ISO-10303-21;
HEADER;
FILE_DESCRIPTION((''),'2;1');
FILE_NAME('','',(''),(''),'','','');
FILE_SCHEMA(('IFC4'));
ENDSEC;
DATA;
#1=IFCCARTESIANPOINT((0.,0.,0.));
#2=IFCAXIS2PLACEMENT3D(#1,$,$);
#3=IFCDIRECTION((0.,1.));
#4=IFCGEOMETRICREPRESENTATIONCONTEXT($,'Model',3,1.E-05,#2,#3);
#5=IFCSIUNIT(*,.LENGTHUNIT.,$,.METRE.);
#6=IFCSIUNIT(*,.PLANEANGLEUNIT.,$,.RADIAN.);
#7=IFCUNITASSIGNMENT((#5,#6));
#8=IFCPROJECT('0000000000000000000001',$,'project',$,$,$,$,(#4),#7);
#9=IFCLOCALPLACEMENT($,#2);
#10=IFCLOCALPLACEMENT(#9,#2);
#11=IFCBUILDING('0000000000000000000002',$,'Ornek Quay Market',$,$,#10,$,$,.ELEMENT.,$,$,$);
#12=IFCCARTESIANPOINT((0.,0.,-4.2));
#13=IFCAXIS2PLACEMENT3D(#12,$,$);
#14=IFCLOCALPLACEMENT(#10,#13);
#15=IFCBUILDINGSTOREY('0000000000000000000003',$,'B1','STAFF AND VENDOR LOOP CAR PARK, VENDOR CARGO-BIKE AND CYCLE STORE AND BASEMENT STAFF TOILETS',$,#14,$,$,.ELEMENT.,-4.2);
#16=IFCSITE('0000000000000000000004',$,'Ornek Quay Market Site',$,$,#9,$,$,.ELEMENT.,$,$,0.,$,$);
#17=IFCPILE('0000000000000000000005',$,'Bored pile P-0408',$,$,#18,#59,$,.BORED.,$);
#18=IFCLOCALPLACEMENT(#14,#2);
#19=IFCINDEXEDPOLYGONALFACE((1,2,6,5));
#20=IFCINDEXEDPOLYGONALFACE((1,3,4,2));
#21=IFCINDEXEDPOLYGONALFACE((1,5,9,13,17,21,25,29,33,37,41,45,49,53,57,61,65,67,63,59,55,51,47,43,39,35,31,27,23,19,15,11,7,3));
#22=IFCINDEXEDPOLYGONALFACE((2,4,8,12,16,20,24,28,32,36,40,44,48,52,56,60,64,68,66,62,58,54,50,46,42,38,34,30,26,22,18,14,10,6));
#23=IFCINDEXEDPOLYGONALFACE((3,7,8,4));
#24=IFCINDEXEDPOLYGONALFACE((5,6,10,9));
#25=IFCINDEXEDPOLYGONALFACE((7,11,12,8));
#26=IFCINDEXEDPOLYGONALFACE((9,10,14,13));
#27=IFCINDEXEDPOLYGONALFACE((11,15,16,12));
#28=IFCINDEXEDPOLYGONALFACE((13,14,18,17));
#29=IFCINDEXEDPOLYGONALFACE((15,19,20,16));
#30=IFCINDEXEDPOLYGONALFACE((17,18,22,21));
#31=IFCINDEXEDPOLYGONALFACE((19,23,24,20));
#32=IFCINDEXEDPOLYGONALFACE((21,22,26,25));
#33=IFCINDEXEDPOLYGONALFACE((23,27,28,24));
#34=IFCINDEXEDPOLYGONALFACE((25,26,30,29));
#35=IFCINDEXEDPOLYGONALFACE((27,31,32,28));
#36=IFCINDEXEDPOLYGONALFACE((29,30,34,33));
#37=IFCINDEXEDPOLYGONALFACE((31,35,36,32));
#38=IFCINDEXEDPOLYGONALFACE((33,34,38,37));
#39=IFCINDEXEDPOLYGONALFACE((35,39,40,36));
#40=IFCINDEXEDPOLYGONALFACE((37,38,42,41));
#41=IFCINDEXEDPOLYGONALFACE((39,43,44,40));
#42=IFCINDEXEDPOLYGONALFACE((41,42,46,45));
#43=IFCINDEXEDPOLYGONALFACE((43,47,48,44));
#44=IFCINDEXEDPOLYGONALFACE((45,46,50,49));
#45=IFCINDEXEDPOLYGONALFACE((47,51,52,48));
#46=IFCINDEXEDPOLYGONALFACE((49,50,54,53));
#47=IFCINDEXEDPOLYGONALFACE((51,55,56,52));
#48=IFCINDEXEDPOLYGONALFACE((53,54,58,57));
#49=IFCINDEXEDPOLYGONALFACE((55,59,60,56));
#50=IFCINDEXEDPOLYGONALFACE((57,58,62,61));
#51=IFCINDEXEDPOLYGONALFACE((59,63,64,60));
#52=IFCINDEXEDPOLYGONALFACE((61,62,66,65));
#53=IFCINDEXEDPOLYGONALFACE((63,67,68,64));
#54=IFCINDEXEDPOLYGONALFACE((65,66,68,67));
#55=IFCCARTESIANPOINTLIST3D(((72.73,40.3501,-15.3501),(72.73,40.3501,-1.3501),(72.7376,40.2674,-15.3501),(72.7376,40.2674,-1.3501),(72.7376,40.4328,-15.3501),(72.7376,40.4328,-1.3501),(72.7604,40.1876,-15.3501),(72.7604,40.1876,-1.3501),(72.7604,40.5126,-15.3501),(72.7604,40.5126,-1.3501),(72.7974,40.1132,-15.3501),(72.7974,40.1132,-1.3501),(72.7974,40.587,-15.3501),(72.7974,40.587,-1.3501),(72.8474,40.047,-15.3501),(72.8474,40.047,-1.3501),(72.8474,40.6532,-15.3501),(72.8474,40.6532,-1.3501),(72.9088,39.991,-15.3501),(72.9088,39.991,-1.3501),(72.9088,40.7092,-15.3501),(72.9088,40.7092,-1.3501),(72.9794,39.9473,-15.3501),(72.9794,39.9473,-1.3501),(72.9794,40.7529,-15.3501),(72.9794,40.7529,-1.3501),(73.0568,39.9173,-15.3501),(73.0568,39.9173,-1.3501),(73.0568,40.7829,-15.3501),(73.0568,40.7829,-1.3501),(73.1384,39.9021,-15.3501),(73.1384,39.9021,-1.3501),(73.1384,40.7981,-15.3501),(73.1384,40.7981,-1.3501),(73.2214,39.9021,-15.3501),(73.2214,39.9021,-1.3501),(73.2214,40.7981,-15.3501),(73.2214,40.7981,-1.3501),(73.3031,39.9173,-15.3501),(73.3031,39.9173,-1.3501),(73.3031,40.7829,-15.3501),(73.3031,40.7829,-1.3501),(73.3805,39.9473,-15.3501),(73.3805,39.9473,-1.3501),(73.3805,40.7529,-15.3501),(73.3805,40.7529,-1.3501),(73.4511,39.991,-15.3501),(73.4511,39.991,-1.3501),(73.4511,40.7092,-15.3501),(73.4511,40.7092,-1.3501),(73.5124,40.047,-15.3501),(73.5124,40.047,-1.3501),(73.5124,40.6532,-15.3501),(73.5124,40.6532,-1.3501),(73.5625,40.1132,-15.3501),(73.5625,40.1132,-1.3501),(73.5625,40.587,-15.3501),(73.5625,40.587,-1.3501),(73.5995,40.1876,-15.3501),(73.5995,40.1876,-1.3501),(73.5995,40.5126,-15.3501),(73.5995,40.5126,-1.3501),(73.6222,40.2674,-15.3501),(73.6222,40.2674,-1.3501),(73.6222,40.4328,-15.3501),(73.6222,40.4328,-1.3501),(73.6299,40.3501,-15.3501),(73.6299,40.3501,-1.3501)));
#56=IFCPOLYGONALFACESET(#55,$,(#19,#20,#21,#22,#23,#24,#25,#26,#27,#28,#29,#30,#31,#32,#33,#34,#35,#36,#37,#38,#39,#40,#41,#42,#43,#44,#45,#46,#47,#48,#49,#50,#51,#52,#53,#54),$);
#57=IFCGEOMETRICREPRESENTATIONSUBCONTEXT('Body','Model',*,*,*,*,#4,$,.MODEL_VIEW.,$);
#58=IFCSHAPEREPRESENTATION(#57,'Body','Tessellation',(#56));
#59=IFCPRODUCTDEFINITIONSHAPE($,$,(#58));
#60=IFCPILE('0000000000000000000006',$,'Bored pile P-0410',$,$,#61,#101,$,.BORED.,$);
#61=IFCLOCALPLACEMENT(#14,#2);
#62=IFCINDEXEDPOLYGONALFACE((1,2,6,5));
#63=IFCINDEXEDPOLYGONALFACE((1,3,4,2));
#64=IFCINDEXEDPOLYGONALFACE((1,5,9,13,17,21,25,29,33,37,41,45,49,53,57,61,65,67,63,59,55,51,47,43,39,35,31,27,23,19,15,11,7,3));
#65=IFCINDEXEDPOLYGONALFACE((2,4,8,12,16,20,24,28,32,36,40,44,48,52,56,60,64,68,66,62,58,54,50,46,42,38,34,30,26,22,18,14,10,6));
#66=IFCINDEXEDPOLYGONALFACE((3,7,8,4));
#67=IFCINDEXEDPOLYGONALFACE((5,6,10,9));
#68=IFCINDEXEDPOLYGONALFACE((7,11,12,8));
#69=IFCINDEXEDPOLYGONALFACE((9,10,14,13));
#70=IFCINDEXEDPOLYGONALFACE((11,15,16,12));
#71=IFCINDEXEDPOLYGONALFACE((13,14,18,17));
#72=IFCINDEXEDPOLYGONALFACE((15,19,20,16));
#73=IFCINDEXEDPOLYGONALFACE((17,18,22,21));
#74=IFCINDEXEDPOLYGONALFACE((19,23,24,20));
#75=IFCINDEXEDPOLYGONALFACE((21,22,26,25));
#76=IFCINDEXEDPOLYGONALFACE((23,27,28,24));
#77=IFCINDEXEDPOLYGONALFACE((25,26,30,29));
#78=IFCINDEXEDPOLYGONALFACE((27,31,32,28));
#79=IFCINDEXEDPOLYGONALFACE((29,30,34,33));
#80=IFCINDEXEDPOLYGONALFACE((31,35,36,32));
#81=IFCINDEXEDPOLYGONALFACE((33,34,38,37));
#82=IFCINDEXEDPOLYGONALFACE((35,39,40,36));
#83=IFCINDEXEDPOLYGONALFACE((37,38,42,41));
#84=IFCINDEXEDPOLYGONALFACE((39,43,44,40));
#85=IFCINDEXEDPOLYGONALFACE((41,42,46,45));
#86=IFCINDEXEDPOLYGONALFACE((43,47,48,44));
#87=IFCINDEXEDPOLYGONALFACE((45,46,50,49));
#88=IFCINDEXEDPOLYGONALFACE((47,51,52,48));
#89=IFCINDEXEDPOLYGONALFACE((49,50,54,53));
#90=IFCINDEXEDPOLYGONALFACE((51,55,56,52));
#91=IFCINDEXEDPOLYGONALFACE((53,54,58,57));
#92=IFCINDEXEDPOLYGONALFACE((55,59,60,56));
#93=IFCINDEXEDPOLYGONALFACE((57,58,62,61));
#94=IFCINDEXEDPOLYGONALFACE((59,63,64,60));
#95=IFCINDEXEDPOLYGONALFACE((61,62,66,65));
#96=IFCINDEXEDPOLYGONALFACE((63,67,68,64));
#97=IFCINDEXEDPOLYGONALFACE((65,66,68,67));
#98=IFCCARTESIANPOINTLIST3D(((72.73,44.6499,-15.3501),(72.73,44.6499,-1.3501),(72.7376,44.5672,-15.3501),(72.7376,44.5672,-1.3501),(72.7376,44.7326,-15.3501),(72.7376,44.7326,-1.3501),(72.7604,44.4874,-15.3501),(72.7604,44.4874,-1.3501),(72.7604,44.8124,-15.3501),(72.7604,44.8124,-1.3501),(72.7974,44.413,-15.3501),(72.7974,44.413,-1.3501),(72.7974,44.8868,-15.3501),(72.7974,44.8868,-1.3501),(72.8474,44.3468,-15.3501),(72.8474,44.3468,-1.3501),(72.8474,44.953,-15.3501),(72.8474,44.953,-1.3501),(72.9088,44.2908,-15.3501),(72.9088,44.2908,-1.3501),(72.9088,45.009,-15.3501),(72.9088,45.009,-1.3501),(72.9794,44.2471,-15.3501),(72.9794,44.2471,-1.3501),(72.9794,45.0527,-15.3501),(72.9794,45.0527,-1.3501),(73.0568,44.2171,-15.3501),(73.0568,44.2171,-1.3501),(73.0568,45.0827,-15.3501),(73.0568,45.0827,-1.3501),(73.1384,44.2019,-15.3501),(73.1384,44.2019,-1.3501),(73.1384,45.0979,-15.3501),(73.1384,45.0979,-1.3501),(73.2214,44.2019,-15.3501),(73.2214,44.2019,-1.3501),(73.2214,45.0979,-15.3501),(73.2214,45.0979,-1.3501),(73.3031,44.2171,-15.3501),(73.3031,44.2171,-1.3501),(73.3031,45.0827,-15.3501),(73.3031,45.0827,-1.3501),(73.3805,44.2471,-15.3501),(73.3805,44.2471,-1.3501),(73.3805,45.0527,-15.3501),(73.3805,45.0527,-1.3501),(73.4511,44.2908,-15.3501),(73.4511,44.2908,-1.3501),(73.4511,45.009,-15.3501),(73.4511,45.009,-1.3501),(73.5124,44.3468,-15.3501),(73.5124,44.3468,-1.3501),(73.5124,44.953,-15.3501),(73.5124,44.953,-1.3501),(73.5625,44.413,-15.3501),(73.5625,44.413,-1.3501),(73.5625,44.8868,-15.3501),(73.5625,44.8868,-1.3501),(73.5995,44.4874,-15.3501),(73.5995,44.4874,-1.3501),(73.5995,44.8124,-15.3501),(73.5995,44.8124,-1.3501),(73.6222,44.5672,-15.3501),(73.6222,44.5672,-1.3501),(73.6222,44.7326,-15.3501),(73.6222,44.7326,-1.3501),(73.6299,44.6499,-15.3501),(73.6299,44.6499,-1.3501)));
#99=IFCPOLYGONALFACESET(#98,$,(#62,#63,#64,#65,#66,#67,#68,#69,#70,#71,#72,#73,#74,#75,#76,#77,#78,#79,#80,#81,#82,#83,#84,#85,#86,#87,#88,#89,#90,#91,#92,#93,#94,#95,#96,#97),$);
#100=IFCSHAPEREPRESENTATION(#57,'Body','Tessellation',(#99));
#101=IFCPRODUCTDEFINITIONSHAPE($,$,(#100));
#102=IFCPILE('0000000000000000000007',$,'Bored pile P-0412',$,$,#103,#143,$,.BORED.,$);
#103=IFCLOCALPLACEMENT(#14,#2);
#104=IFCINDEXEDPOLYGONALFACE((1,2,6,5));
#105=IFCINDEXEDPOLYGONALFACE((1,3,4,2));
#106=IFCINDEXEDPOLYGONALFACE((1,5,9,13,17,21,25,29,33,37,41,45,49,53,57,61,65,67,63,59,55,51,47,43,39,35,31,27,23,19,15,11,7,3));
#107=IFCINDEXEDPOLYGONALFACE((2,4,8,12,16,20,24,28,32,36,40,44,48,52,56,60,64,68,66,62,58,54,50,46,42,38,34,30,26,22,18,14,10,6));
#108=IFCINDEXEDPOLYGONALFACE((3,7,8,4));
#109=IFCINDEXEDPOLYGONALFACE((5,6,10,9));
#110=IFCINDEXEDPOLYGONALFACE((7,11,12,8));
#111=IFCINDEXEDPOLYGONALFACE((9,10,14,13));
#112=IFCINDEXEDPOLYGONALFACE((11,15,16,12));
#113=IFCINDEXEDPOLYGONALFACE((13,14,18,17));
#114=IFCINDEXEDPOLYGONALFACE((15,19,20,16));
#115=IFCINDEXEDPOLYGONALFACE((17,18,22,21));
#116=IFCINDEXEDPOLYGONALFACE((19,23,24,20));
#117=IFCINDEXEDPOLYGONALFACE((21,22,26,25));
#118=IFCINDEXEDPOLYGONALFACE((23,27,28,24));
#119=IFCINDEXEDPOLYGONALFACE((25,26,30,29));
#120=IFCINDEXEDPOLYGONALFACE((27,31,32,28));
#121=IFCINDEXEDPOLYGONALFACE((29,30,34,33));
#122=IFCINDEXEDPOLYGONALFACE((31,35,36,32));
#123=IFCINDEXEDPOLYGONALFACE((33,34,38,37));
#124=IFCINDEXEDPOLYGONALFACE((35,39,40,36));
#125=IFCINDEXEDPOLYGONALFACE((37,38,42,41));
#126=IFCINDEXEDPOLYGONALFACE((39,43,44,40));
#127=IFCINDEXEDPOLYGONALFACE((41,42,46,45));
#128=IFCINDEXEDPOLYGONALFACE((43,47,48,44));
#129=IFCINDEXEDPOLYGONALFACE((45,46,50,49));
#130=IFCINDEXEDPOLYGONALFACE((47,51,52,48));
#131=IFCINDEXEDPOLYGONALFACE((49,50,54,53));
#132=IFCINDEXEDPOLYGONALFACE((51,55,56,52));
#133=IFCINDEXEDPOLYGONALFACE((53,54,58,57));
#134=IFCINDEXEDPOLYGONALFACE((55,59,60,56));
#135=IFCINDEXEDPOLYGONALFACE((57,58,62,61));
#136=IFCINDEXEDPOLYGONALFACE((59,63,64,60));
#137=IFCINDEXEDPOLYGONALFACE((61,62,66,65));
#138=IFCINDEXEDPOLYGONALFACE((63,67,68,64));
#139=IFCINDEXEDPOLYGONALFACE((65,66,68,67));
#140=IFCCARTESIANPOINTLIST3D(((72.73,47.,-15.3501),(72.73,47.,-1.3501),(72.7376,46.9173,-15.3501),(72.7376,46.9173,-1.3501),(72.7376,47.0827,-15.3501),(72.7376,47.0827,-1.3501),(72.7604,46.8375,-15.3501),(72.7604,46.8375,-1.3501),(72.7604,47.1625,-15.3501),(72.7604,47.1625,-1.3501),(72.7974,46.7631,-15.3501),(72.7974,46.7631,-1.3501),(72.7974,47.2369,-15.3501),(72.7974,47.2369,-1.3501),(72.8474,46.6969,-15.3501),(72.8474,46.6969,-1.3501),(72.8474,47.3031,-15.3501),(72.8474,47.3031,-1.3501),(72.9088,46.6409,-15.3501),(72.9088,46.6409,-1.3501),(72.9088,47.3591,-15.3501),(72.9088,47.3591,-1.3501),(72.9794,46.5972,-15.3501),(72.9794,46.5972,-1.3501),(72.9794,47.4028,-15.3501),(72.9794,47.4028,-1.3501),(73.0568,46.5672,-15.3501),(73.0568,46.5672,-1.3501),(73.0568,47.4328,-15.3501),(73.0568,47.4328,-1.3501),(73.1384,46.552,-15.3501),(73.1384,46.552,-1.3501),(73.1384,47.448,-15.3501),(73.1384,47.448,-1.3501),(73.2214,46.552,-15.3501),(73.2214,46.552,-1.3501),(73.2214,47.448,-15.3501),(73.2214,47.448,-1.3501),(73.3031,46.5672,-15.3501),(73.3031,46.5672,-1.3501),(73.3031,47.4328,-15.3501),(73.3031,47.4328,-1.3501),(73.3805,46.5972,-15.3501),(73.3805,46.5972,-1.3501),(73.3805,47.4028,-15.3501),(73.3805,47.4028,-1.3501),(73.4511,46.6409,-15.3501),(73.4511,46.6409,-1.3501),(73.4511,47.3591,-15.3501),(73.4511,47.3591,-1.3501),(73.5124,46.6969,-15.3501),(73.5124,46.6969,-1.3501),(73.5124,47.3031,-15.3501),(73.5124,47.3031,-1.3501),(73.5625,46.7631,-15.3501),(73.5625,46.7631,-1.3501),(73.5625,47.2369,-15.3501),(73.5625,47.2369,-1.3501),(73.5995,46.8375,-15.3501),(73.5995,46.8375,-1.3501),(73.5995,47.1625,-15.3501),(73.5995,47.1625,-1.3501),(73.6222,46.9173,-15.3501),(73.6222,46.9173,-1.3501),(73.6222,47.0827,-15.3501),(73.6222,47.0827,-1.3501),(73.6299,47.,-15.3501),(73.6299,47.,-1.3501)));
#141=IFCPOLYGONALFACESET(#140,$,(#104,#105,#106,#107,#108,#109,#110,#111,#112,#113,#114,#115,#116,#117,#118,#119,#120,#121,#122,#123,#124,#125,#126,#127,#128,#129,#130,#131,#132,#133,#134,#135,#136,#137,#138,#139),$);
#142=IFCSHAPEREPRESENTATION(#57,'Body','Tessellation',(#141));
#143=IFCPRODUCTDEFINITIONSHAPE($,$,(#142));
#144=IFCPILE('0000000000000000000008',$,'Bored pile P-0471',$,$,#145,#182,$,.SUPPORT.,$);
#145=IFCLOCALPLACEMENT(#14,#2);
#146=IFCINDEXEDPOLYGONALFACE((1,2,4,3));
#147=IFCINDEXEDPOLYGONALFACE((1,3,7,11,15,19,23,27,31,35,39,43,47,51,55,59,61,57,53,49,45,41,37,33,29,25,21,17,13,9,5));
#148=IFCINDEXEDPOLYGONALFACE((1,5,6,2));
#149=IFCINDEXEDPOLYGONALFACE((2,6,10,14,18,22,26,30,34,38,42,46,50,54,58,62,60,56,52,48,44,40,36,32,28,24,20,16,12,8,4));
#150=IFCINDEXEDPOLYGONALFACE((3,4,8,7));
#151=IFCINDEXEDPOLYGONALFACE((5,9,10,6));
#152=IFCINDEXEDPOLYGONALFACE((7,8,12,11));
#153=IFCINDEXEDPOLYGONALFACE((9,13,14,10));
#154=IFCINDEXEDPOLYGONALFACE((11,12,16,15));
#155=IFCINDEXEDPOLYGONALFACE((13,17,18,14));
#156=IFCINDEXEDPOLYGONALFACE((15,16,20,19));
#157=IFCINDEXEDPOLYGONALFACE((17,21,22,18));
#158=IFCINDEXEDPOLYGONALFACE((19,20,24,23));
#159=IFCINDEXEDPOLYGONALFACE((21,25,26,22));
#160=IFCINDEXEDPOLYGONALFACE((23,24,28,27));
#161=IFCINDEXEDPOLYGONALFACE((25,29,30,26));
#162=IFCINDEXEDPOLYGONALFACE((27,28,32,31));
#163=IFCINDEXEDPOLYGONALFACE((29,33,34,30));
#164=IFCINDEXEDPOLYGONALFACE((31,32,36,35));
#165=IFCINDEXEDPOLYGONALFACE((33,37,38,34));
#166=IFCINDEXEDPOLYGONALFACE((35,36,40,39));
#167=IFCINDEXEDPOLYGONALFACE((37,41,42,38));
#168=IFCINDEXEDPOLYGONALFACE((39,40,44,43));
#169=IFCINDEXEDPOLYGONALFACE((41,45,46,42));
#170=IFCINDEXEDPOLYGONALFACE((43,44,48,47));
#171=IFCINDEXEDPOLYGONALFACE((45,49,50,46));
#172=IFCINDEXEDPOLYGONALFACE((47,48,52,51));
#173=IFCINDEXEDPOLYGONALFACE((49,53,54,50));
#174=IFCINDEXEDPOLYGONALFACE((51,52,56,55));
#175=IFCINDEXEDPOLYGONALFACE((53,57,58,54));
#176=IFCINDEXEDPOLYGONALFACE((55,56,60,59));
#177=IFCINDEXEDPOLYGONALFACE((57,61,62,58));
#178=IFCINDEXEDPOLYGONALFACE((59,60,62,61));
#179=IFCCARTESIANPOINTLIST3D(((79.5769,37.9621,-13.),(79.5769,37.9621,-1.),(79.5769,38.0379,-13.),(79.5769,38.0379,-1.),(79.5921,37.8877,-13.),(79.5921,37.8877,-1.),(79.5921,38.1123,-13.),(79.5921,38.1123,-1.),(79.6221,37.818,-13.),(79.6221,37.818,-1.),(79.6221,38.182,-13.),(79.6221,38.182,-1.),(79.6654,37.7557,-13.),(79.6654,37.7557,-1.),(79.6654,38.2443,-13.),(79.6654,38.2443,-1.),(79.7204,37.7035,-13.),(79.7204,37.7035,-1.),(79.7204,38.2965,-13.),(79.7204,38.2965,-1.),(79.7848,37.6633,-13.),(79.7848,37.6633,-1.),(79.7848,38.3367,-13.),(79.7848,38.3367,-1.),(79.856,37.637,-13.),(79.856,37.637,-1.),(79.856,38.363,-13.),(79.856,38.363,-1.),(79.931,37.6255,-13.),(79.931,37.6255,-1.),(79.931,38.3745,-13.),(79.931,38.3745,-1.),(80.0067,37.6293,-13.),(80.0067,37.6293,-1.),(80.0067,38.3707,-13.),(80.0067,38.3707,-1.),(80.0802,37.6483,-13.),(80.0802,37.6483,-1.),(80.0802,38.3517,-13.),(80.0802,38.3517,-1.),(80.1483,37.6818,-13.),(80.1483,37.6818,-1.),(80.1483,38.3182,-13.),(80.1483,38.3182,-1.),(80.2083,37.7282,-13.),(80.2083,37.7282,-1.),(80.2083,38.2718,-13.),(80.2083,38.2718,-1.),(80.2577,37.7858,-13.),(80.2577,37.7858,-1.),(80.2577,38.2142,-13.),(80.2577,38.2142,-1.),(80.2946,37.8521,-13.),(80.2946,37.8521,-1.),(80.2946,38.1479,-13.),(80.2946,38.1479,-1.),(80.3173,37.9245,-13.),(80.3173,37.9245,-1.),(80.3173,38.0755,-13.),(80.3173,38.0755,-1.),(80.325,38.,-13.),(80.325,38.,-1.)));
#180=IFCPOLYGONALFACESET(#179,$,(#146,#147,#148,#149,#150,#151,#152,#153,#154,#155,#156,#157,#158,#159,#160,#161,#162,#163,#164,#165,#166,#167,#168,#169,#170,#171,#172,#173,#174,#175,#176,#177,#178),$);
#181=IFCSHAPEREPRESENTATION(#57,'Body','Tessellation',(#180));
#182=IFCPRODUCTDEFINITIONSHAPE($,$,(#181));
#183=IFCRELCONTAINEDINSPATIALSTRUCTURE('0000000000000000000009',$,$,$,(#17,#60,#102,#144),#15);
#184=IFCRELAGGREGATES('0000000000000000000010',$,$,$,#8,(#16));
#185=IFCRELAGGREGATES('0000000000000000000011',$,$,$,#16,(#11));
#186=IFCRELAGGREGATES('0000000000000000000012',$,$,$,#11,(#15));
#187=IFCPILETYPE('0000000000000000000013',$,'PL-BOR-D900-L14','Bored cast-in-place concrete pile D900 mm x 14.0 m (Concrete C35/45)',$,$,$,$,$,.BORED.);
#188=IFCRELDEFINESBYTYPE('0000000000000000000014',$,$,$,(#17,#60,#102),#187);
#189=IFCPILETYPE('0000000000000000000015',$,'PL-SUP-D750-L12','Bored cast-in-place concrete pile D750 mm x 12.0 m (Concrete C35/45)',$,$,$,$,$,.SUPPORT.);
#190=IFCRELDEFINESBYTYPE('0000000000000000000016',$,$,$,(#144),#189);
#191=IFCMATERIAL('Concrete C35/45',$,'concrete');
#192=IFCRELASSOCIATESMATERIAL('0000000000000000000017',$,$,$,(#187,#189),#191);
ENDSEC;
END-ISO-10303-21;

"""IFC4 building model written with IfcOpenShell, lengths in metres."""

from ifc_helpers import new_model, si_unit, direction, frame, origin, origin_2d, place, context, subcontext, project, spatial, circle, extrude, material, material_profile, profile_set, type_object, element, save


model = new_model("IFC4")

# Units and contexts
model_context = context("Model", 3, precision=1e-05, world=origin(), true_north=direction((0.0, 1.0)))
body_context = subcontext(model_context, "Body", "Model", "MODEL_VIEW")
ifc_project = project(units=[si_unit("LENGTHUNIT", "METRE"), si_unit("PLANEANGLEUNIT", "RADIAN")], contexts=[model_context])

# Site, building, storey
site_placement = place(None, origin())
site = spatial("IfcSite", under=ifc_project, at=site_placement, Name="Ornek Quay Market Site", CompositionType="ELEMENT", RefElevation=0.0)
building_placement = place(site_placement, origin())
building = spatial("IfcBuilding", under=site, at=building_placement, Name="Ornek Quay Market", CompositionType="ELEMENT")
storey_placement = place(building_placement, frame((0.0, 0.0, -4.2)))
storey = spatial("IfcBuildingStorey", under=building, at=storey_placement, Name="B1", Description="STAFF AND VENDOR LOOP CAR PARK, VENDOR CARGO-BIKE AND CYCLE STORE AND BASEMENT STAFF TOILETS", CompositionType="ELEMENT", Elevation=-4.2)

# Piles
ifc_material_1 = material(Name="Concrete C35/45", Category="concrete")
ifc_material_profile_1 = material_profile(ifc_material_1, circle(Radius=0.45, at=origin_2d()), Name="PILE D900", Category="concrete")
ifc_profile_set_1 = profile_set([ifc_material_profile_1], Name="Concrete C35/45")
pile_type_1 = type_object("IfcPileType", Name="PL-BOR-D900-L14", Description="Bored cast-in-place concrete pile D900 mm x 14.0 m (Concrete C35/45)", PredefinedType="BORED", material=ifc_profile_set_1)
for number, where, z_axis, x_axis, name in (
    (1, (73.1799, 40.3501, -1.3501), (0.0, 0.0, -1.0), (1.0, 0.0, 0.0), "Bored pile P-0408"),
    (2, (73.1799, 44.6499, -1.3501), (0.0, 0.0, -1.0), (1.0, 0.0, 0.0), "Bored pile P-0410"),
    (3, (73.1799, 47.0, -1.3501), (0.0, 0.0, -1.0), (1.0, 0.0, 0.0), "Bored pile P-0412"),
):
    element("IfcPile", number, at=place(storey_placement, frame(where, z_axis=z_axis, x_axis=x_axis)), inside=storey, type_object=pile_type_1, Name=name, PredefinedType="BORED", context=body_context, shape_type="SweptSolid", body=[
        extrude(circle(Radius=0.45, at=origin_2d()), origin(), (0.0, 0.0, 1.0), 14.0),
    ])
ifc_material_profile_2 = material_profile(ifc_material_1, circle(Radius=0.375, at=origin_2d()), Name="PILE D750", Category="concrete")
ifc_profile_set_2 = profile_set([ifc_material_profile_2], Name="Concrete C35/45")
pile_type_2 = type_object("IfcPileType", Name="PL-SUP-D750-L12", Description="Bored cast-in-place concrete pile D750 mm x 12.0 m (Concrete C35/45)", PredefinedType="SUPPORT", material=ifc_profile_set_2)
for number, where, z_axis, x_axis, name in (
    (4, (79.95, 38.0, -1.0), (0.0, 0.0, -1.0), (1.0, 0.0, 0.0), "Bored pile P-0471"),
):
    element("IfcPile", number, at=place(storey_placement, frame(where, z_axis=z_axis, x_axis=x_axis)), inside=storey, type_object=pile_type_2, Name=name, PredefinedType="SUPPORT", context=body_context, shape_type="SweptSolid", body=[
        extrude(circle(Radius=0.375, at=origin_2d()), origin(), (0.0, 0.0, 1.0), 12.0),
    ])

save(model, "model.ifc")
